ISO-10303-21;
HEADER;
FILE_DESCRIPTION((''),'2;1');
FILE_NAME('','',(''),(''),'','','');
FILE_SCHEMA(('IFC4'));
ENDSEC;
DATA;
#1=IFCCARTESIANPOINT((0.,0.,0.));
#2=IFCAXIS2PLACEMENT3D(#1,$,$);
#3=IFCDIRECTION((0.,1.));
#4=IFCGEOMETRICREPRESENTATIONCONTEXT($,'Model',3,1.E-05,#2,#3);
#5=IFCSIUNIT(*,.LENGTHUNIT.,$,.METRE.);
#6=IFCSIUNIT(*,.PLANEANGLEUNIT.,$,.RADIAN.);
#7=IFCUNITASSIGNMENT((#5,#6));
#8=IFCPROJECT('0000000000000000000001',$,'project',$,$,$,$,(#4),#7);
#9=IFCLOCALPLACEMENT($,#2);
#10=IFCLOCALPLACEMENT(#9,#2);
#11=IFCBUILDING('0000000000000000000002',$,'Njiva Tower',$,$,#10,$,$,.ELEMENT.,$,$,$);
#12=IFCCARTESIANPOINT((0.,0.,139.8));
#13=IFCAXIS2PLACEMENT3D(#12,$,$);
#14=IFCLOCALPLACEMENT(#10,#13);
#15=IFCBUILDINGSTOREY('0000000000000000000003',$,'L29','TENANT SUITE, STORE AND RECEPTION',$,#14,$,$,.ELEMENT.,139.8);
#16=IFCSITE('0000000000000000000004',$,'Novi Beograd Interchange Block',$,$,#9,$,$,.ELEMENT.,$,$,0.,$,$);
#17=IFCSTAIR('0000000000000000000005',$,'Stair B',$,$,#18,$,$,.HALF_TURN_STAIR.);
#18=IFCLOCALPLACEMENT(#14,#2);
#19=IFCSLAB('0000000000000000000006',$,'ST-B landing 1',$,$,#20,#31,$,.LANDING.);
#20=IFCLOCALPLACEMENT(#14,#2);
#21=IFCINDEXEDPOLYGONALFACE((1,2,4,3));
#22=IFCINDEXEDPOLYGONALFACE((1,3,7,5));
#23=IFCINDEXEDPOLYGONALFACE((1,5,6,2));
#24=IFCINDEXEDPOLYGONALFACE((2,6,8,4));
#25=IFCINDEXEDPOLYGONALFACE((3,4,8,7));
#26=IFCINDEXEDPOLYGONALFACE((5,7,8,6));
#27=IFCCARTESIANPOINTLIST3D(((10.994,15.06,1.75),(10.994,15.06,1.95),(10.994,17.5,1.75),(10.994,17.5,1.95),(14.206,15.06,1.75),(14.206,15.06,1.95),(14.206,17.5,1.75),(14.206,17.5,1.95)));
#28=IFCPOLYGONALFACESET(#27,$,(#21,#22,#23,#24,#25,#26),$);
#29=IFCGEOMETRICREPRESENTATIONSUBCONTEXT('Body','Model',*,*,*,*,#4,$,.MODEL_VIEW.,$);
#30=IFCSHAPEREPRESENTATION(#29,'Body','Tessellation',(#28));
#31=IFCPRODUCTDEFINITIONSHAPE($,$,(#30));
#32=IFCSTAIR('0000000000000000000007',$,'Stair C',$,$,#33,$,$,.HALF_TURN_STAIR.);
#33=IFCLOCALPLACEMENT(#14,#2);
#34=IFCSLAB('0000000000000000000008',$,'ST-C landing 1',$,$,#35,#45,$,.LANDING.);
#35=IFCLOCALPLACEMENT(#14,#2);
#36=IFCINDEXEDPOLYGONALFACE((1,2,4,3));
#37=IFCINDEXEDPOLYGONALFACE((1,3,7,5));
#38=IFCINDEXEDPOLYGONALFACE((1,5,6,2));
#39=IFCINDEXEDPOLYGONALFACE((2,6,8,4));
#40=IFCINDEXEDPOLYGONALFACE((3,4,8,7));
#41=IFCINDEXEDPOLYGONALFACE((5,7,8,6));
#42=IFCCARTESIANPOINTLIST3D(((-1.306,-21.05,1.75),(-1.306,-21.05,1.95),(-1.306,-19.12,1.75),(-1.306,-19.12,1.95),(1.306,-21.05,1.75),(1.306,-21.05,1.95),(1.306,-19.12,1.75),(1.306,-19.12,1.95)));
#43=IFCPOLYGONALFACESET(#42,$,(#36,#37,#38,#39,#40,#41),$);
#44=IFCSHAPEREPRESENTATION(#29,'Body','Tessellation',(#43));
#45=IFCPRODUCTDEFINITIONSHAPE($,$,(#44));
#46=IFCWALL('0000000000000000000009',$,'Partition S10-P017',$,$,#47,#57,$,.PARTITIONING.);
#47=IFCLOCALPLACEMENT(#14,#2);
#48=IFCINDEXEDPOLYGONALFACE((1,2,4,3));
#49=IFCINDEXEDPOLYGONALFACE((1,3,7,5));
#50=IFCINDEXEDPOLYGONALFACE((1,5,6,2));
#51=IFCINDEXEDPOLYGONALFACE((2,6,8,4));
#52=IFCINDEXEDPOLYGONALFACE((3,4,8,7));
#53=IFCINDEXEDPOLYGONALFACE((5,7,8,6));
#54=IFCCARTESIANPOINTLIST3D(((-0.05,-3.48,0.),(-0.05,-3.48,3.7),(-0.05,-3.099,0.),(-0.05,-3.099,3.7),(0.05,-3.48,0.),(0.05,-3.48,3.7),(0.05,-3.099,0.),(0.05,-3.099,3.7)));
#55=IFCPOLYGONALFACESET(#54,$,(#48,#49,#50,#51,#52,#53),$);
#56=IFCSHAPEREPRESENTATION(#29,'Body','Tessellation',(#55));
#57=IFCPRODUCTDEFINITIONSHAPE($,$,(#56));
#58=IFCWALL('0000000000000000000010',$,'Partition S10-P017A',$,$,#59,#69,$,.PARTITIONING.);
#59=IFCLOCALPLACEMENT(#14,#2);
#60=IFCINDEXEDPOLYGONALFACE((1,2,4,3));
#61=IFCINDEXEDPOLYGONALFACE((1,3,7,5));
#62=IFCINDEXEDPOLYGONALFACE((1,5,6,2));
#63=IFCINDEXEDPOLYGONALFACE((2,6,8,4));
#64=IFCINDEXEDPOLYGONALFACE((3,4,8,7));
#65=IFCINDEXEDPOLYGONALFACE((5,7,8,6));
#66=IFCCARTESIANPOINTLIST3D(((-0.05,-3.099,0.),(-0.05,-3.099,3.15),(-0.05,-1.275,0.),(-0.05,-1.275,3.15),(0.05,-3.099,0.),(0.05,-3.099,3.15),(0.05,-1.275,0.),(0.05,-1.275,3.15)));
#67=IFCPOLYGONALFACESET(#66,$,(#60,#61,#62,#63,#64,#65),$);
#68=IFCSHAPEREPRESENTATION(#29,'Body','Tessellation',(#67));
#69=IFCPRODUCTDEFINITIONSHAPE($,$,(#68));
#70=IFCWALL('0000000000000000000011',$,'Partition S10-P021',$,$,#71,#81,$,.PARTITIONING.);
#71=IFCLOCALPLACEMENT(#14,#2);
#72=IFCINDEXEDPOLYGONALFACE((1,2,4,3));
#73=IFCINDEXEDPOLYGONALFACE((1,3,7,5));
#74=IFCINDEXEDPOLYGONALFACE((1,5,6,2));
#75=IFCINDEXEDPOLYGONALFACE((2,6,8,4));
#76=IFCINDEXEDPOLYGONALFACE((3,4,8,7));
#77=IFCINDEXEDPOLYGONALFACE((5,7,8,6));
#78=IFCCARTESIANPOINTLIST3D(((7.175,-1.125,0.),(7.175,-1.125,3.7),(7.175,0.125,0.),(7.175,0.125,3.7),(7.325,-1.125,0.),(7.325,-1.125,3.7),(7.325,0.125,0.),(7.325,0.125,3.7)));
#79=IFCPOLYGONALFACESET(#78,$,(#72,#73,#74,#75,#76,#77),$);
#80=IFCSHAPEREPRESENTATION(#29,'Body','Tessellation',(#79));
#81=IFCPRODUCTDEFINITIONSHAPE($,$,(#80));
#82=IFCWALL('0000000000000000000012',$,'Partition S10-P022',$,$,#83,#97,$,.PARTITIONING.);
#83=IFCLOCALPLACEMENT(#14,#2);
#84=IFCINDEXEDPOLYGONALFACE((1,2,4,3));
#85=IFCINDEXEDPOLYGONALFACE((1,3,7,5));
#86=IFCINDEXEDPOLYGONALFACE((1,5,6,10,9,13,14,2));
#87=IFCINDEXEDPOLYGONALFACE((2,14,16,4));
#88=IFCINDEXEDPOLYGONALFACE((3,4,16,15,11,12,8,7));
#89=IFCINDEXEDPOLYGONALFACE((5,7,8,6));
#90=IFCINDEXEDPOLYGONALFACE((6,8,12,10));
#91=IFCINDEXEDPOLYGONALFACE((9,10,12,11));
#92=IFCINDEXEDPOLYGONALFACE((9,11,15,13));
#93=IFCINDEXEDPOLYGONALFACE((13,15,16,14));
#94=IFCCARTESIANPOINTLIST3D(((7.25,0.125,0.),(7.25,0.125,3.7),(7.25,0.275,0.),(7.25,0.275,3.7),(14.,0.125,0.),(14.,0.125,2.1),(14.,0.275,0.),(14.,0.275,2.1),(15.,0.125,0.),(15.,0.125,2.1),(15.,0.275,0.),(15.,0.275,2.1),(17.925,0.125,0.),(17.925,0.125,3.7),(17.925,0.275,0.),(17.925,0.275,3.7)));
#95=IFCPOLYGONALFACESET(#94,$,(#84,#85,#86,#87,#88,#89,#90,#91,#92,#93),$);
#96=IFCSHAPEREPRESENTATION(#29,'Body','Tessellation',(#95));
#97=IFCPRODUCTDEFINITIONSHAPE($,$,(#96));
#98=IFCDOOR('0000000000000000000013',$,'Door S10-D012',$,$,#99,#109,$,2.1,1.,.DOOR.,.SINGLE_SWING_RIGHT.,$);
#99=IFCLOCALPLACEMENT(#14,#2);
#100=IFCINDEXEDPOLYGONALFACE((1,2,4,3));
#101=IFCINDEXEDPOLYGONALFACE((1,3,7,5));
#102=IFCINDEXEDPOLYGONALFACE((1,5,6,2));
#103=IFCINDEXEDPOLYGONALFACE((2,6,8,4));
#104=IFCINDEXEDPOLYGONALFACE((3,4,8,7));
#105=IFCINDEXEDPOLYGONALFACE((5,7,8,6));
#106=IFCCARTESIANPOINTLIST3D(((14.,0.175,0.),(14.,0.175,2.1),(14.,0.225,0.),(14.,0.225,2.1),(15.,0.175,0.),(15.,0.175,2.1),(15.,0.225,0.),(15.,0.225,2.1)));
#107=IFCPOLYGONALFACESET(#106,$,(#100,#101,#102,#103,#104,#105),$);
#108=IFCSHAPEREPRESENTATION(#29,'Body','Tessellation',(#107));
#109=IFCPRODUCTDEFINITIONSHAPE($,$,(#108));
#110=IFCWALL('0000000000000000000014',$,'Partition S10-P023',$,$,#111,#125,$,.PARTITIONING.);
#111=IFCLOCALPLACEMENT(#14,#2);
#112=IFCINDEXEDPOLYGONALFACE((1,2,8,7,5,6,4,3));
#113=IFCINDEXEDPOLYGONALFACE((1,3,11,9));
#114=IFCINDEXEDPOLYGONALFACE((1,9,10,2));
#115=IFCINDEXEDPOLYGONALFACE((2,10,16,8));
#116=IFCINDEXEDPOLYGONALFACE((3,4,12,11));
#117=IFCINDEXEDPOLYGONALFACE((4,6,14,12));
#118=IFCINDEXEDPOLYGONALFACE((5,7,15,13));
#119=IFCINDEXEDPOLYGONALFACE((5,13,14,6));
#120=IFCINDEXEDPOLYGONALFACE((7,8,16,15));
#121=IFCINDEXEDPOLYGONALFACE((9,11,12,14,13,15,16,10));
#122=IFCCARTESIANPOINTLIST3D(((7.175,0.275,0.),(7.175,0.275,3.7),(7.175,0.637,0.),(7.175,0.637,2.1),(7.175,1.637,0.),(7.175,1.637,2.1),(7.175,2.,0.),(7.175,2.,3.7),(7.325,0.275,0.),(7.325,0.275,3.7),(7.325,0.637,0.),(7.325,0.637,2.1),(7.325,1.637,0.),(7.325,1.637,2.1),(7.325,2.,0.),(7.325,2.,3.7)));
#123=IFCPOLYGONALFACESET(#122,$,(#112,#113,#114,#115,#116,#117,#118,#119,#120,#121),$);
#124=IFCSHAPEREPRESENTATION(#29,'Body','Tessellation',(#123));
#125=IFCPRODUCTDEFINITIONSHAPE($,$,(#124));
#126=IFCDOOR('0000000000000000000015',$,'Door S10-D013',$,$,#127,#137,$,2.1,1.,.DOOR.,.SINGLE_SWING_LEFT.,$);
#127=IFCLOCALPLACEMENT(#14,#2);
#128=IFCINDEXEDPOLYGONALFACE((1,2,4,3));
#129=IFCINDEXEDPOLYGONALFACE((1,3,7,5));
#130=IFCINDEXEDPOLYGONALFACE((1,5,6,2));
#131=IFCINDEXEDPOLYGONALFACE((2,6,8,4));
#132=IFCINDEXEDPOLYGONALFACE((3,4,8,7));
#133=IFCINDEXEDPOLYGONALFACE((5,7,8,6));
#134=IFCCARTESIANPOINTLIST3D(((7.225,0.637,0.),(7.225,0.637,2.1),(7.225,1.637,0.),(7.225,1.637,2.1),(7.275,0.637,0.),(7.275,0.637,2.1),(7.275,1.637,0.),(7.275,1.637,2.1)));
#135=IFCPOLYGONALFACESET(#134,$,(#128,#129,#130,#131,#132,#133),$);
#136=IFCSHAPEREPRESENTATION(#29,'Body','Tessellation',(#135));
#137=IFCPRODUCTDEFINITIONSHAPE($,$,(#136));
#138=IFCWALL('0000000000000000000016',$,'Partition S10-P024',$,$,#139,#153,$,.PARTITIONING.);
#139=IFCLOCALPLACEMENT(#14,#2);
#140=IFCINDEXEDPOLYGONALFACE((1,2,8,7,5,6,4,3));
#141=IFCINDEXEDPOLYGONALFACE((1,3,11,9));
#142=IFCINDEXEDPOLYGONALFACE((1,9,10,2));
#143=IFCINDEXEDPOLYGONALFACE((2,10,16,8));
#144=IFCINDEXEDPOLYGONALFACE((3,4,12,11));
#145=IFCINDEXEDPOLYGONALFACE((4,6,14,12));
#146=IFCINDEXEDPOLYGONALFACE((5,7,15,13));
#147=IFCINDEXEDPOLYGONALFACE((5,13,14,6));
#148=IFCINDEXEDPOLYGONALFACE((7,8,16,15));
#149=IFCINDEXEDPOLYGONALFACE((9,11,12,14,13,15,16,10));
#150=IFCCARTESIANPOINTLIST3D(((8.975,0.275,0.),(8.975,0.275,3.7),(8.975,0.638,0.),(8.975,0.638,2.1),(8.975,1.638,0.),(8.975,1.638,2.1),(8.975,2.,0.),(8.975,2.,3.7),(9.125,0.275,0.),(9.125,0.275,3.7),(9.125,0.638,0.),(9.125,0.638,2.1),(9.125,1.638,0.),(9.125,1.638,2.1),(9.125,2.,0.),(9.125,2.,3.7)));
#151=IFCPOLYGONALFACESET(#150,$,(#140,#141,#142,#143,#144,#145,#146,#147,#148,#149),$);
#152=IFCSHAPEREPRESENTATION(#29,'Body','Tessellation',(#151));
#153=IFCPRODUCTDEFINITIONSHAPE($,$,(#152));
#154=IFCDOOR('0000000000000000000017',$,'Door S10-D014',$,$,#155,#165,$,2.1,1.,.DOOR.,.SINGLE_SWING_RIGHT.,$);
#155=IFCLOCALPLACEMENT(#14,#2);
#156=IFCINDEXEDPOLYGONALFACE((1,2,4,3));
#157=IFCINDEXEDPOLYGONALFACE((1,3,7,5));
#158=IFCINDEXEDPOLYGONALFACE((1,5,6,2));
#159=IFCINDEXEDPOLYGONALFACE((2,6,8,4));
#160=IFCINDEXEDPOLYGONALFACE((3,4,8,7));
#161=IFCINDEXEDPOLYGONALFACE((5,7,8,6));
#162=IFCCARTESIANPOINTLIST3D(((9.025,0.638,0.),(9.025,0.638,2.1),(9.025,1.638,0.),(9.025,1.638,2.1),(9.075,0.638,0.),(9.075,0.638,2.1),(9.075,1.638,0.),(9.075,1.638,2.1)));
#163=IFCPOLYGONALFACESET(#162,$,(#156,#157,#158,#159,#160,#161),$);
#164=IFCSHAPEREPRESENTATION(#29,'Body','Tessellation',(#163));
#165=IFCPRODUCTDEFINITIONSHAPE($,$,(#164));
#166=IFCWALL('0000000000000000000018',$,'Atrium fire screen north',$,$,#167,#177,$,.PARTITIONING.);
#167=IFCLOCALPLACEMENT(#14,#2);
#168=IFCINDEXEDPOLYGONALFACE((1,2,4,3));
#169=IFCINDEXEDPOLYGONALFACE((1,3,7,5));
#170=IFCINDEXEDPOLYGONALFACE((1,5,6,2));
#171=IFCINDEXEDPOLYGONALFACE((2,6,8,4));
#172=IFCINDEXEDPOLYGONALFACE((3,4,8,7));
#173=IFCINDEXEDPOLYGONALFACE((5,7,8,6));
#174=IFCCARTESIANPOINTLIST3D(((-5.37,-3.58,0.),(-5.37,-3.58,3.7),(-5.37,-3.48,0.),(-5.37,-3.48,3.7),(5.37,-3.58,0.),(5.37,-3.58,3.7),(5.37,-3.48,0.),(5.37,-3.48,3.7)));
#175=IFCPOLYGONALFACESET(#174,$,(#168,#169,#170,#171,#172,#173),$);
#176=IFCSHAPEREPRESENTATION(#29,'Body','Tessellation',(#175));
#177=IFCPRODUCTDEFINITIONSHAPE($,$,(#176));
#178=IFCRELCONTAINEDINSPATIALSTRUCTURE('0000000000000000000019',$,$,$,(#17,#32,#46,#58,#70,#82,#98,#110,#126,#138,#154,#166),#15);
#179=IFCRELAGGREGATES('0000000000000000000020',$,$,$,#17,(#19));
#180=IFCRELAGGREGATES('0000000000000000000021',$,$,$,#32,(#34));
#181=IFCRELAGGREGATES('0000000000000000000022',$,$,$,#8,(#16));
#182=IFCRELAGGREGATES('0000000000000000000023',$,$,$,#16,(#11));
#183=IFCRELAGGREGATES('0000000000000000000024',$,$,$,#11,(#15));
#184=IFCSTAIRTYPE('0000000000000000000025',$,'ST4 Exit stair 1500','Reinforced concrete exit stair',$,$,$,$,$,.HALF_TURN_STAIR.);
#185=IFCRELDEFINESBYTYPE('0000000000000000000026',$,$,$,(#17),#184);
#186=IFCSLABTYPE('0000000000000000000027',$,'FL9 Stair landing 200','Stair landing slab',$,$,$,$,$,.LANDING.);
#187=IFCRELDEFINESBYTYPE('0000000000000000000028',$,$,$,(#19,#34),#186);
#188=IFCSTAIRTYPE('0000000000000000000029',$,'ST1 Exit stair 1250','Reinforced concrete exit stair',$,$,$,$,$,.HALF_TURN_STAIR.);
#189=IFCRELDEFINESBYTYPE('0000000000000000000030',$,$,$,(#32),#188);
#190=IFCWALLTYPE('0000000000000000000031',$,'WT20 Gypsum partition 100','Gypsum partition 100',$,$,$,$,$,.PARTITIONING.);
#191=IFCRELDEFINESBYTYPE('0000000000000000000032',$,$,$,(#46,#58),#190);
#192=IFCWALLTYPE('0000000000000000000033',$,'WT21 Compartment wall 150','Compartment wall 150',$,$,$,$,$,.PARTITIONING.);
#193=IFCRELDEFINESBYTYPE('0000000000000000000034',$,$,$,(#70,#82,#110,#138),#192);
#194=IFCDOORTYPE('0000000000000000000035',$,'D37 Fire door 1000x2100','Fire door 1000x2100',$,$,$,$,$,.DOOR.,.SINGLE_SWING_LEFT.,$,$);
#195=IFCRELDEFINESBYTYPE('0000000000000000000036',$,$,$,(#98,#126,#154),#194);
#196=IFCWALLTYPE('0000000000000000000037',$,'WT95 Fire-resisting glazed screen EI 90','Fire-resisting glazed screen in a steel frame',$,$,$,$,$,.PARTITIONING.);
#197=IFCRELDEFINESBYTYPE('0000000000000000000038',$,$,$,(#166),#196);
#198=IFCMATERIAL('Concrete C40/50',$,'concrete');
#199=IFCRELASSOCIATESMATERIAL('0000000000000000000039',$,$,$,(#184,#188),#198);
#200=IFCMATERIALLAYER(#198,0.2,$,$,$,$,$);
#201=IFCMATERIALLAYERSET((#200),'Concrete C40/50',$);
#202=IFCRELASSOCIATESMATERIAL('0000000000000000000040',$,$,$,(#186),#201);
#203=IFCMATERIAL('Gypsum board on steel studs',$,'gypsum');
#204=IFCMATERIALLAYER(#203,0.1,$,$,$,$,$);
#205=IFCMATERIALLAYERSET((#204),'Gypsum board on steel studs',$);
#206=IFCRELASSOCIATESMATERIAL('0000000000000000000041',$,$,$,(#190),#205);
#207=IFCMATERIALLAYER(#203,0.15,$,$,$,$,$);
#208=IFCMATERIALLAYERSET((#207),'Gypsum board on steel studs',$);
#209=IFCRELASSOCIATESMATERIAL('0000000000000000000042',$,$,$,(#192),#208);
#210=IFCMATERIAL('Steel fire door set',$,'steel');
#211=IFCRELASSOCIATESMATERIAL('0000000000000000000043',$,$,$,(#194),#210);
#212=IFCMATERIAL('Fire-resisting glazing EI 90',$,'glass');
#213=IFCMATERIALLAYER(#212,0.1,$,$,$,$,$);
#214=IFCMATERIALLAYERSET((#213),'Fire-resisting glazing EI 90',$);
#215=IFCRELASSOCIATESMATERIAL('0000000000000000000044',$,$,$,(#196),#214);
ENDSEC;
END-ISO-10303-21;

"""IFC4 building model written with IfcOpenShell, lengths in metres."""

from ifc_helpers import new_model, si_unit, direction, frame, frame_2d, origin, place, context, subcontext, project, spatial, polyline, rectangle, outline, extrude, material, layer, layer_set, type_object, element, fill, aggregate, save


model = new_model("IFC4")

# Units and contexts
model_context = context("Model", 3, precision=1e-05, world=origin(), true_north=direction((0.0, 1.0)))
body_context = subcontext(model_context, "Body", "Model", "MODEL_VIEW")
ifc_project = project(units=[si_unit("LENGTHUNIT", "METRE"), si_unit("PLANEANGLEUNIT", "RADIAN")], contexts=[model_context])

# Site, building, storey
site_placement = place(None, origin())
site = spatial("IfcSite", under=ifc_project, at=site_placement, Name="Novi Beograd Interchange Block", CompositionType="ELEMENT", RefElevation=0.0)
building_placement = place(site_placement, origin())
building = spatial("IfcBuilding", under=site, at=building_placement, Name="Njiva Tower", CompositionType="ELEMENT")
storey_placement = place(building_placement, frame((0.0, 0.0, 139.8)))
storey = spatial("IfcBuildingStorey", under=building, at=storey_placement, Name="L29", Description="TENANT SUITE, STORE AND RECEPTION", CompositionType="ELEMENT", Elevation=139.8)

# Stairs, slabs
ifc_material_1 = material(Name="Concrete C40/50", Category="concrete")
stair_type_1 = type_object("IfcStairType", Name="ST4 Exit stair 1500", Description="Reinforced concrete exit stair", PredefinedType="HALF_TURN_STAIR", material=ifc_material_1)
ifc_layer_1 = layer(ifc_material_1, 0.2)
ifc_layer_set_1 = layer_set([ifc_layer_1], Name="Concrete C40/50")
slab_type = type_object("IfcSlabType", Name="FL9 Stair landing 200", Description="Stair landing slab", PredefinedType="LANDING", material=ifc_layer_set_1)
stair_1_placement = place(storey_placement, origin())
stair_1 = element("IfcStair", 1, at=stair_1_placement, inside=storey, type_object=stair_type_1, Name="Stair B", PredefinedType="HALF_TURN_STAIR")
slab_1_placement = place(storey_placement, frame((0.0, 0.0, 1.75)))
slab_1 = element("IfcSlab", 2, at=slab_1_placement, type_object=slab_type, Name="ST-B landing 1", PredefinedType="LANDING", context=body_context, shape_type="SweptSolid", body=[
    extrude(outline(polyline([(10.994, 15.06), (14.206, 15.06), (14.206, 17.5), (10.994, 17.5), (10.994, 15.06)])), origin(), (0.0, 0.0, 1.0), 0.2),
])
aggregate(stair_1, [slab_1])
stair_type_2 = type_object("IfcStairType", Name="ST1 Exit stair 1250", Description="Reinforced concrete exit stair", PredefinedType="HALF_TURN_STAIR", material=ifc_material_1)
stair_2_placement = place(storey_placement, origin())
stair_2 = element("IfcStair", 3, at=stair_2_placement, inside=storey, type_object=stair_type_2, Name="Stair C", PredefinedType="HALF_TURN_STAIR")
slab_2_placement = place(storey_placement, frame((0.0, 0.0, 1.75)))
slab_2 = element("IfcSlab", 4, at=slab_2_placement, type_object=slab_type, Name="ST-C landing 1", PredefinedType="LANDING", context=body_context, shape_type="SweptSolid", body=[
    extrude(outline(polyline([(-1.306, -21.05), (1.306, -21.05), (1.306, -19.12), (-1.306, -19.12), (-1.306, -21.05)])), origin(), (0.0, 0.0, 1.0), 0.2),
])
aggregate(stair_2, [slab_2])

# Walls
ifc_material_2 = material(Name="Gypsum board on steel studs", Category="gypsum")
ifc_layer_2 = layer(ifc_material_2, 0.1)
ifc_layer_set_2 = layer_set([ifc_layer_2], Name="Gypsum board on steel studs")
wall_type_1 = type_object("IfcWallType", Name="WT20 Gypsum partition 100", Description="Gypsum partition 100", PredefinedType="PARTITIONING", material=ifc_layer_set_2)
wall_1_placement = place(storey_placement, frame((0.0, -3.48, 0.0), z_axis=(0.0, 0.0, 1.0), x_axis=(0.0, 1.0, 0.0)))
element("IfcWall", 5, at=wall_1_placement, inside=storey, type_object=wall_type_1, Name="Partition S10-P017", PredefinedType="PARTITIONING", context=body_context, shape_type="SweptSolid", body=[
    extrude(rectangle(XDim=0.381, YDim=0.1, at=frame_2d((0.1905, 0.0))), origin(), (0.0, 0.0, 1.0), 3.7),
])
wall_2_placement = place(storey_placement, frame((0.0, -3.099, 0.0), z_axis=(0.0, 0.0, 1.0), x_axis=(0.0, 1.0, 0.0)))
element("IfcWall", 6, at=wall_2_placement, inside=storey, type_object=wall_type_1, Name="Partition S10-P017A", PredefinedType="PARTITIONING", context=body_context, shape_type="SweptSolid", body=[
    extrude(rectangle(XDim=1.824, YDim=0.1, at=frame_2d((0.912, 0.0))), origin(), (0.0, 0.0, 1.0), 3.15),
])
ifc_layer_3 = layer(ifc_material_2, 0.15)
ifc_layer_set_3 = layer_set([ifc_layer_3], Name="Gypsum board on steel studs")
wall_type_2 = type_object("IfcWallType", Name="WT21 Compartment wall 150", Description="Compartment wall 150", PredefinedType="PARTITIONING", material=ifc_layer_set_3)
wall_3_placement = place(storey_placement, frame((7.25, -1.125, 0.0), z_axis=(0.0, 0.0, 1.0), x_axis=(0.0, 1.0, 0.0)))
element("IfcWall", 7, at=wall_3_placement, inside=storey, type_object=wall_type_2, Name="Partition S10-P021", PredefinedType="PARTITIONING", context=body_context, shape_type="SweptSolid", body=[
    extrude(rectangle(XDim=1.25, YDim=0.15, at=frame_2d((0.625, 0.0))), origin(), (0.0, 0.0, 1.0), 3.7),
])

# Walls, openings, doors
wall_4_placement = place(storey_placement, frame((7.25, 0.2, 0.0), z_axis=(0.0, 0.0, 1.0), x_axis=(1.0, 0.0, 0.0)))
wall_4 = element("IfcWall", 8, at=wall_4_placement, inside=storey, type_object=wall_type_2, Name="Partition S10-P022", PredefinedType="PARTITIONING", context=body_context, shape_type="SweptSolid", body=[
    extrude(rectangle(XDim=10.675, YDim=0.15, at=frame_2d((5.3375, 0.0))), origin(), (0.0, 0.0, 1.0), 3.7),
])
opening_1_placement = place(wall_4_placement, frame((6.75, 0.0, 0.0)))
opening_1 = element("IfcOpeningElement", 9, at=opening_1_placement, cuts=wall_4, PredefinedType="OPENING", context=body_context, shape_type="SweptSolid", body=[
    extrude(rectangle(XDim=1.0, YDim=2.1, at=frame_2d((0.5, 1.05))), frame((0.0, 0.085, 0.0), z_axis=(0.0, -1.0, 0.0), x_axis=(1.0, 0.0, 0.0)), (0.0, 0.0, 1.0), 0.17),
])
ifc_material_3 = material(Name="Steel fire door set", Category="steel")
door_type = type_object("IfcDoorType", Name="D37 Fire door 1000x2100", Description="Fire door 1000x2100", OperationType="SINGLE_SWING_LEFT", PredefinedType="DOOR", material=ifc_material_3)
door_1_placement = place(opening_1_placement, origin())
door_1 = element("IfcDoor", 10, at=door_1_placement, inside=storey, type_object=door_type, Name="Door S10-D012", OperationType="SINGLE_SWING_RIGHT", OverallHeight=2.1, OverallWidth=1.0, PredefinedType="DOOR", context=body_context, shape_type="SweptSolid", body=[
    extrude(rectangle(XDim=1.0, YDim=2.1, at=frame_2d((0.5, 1.05))), frame((0.0, 0.025, 0.0), z_axis=(0.0, -1.0, 0.0), x_axis=(1.0, 0.0, 0.0)), (0.0, 0.0, 1.0), 0.05),
])
fill(opening_1, door_1)
wall_5_placement = place(storey_placement, frame((7.25, 0.275, 0.0), z_axis=(0.0, 0.0, 1.0), x_axis=(0.0, 1.0, 0.0)))
wall_5 = element("IfcWall", 11, at=wall_5_placement, inside=storey, type_object=wall_type_2, Name="Partition S10-P023", PredefinedType="PARTITIONING", context=body_context, shape_type="SweptSolid", body=[
    extrude(rectangle(XDim=1.725, YDim=0.15, at=frame_2d((0.8625, 0.0))), origin(), (0.0, 0.0, 1.0), 3.7),
])
opening_2_placement = place(wall_5_placement, frame((0.362, 0.0, 0.0)))
opening_2 = element("IfcOpeningElement", 12, at=opening_2_placement, cuts=wall_5, PredefinedType="OPENING", context=body_context, shape_type="SweptSolid", body=[
    extrude(rectangle(XDim=1.0, YDim=2.1, at=frame_2d((0.5, 1.05))), frame((0.0, 0.085, 0.0), z_axis=(0.0, -1.0, 0.0), x_axis=(1.0, 0.0, 0.0)), (0.0, 0.0, 1.0), 0.17),
])
door_2_placement = place(opening_2_placement, origin())
door_2 = element("IfcDoor", 13, at=door_2_placement, inside=storey, type_object=door_type, Name="Door S10-D013", OperationType="SINGLE_SWING_LEFT", OverallHeight=2.1, OverallWidth=1.0, PredefinedType="DOOR", context=body_context, shape_type="SweptSolid", body=[
    extrude(rectangle(XDim=1.0, YDim=2.1, at=frame_2d((0.5, 1.05))), frame((0.0, 0.025, 0.0), z_axis=(0.0, -1.0, 0.0), x_axis=(1.0, 0.0, 0.0)), (0.0, 0.0, 1.0), 0.05),
])
fill(opening_2, door_2)
wall_6_placement = place(storey_placement, frame((9.05, 0.275, 0.0), z_axis=(0.0, 0.0, 1.0), x_axis=(0.0, 1.0, 0.0)))
wall_6 = element("IfcWall", 14, at=wall_6_placement, inside=storey, type_object=wall_type_2, Name="Partition S10-P024", PredefinedType="PARTITIONING", context=body_context, shape_type="SweptSolid", body=[
    extrude(rectangle(XDim=1.725, YDim=0.15, at=frame_2d((0.8625, 0.0))), origin(), (0.0, 0.0, 1.0), 3.7),
])
opening_3_placement = place(wall_6_placement, frame((0.363, 0.0, 0.0)))
opening_3 = element("IfcOpeningElement", 15, at=opening_3_placement, cuts=wall_6, PredefinedType="OPENING", context=body_context, shape_type="SweptSolid", body=[
    extrude(rectangle(XDim=1.0, YDim=2.1, at=frame_2d((0.5, 1.05))), frame((0.0, 0.085, 0.0), z_axis=(0.0, -1.0, 0.0), x_axis=(1.0, 0.0, 0.0)), (0.0, 0.0, 1.0), 0.17),
])
door_3_placement = place(opening_3_placement, origin())
door_3 = element("IfcDoor", 16, at=door_3_placement, inside=storey, type_object=door_type, Name="Door S10-D014", OperationType="SINGLE_SWING_RIGHT", OverallHeight=2.1, OverallWidth=1.0, PredefinedType="DOOR", context=body_context, shape_type="SweptSolid", body=[
    extrude(rectangle(XDim=1.0, YDim=2.1, at=frame_2d((0.5, 1.05))), frame((0.0, 0.025, 0.0), z_axis=(0.0, -1.0, 0.0), x_axis=(1.0, 0.0, 0.0)), (0.0, 0.0, 1.0), 0.05),
])
fill(opening_3, door_3)

# Wall
ifc_material_4 = material(Name="Fire-resisting glazing EI 90", Category="glass")
ifc_layer_4 = layer(ifc_material_4, 0.1)
ifc_layer_set_4 = layer_set([ifc_layer_4], Name="Fire-resisting glazing EI 90")
wall_type_3 = type_object("IfcWallType", Name="WT95 Fire-resisting glazed screen EI 90", Description="Fire-resisting glazed screen in a steel frame", PredefinedType="PARTITIONING", material=ifc_layer_set_4)
wall_7_placement = place(storey_placement, frame((5.37, -3.53, 0.0), z_axis=(0.0, 0.0, 1.0), x_axis=(-1.0, 0.0, 0.0)))
element("IfcWall", 17, at=wall_7_placement, inside=storey, type_object=wall_type_3, Name="Atrium fire screen north", PredefinedType="PARTITIONING", context=body_context, shape_type="SweptSolid", body=[
    extrude(rectangle(XDim=10.74, YDim=0.1, at=frame_2d((5.37, 0.0))), origin(), (0.0, 0.0, 1.0), 3.7),
])

save(model, "model.ifc")
